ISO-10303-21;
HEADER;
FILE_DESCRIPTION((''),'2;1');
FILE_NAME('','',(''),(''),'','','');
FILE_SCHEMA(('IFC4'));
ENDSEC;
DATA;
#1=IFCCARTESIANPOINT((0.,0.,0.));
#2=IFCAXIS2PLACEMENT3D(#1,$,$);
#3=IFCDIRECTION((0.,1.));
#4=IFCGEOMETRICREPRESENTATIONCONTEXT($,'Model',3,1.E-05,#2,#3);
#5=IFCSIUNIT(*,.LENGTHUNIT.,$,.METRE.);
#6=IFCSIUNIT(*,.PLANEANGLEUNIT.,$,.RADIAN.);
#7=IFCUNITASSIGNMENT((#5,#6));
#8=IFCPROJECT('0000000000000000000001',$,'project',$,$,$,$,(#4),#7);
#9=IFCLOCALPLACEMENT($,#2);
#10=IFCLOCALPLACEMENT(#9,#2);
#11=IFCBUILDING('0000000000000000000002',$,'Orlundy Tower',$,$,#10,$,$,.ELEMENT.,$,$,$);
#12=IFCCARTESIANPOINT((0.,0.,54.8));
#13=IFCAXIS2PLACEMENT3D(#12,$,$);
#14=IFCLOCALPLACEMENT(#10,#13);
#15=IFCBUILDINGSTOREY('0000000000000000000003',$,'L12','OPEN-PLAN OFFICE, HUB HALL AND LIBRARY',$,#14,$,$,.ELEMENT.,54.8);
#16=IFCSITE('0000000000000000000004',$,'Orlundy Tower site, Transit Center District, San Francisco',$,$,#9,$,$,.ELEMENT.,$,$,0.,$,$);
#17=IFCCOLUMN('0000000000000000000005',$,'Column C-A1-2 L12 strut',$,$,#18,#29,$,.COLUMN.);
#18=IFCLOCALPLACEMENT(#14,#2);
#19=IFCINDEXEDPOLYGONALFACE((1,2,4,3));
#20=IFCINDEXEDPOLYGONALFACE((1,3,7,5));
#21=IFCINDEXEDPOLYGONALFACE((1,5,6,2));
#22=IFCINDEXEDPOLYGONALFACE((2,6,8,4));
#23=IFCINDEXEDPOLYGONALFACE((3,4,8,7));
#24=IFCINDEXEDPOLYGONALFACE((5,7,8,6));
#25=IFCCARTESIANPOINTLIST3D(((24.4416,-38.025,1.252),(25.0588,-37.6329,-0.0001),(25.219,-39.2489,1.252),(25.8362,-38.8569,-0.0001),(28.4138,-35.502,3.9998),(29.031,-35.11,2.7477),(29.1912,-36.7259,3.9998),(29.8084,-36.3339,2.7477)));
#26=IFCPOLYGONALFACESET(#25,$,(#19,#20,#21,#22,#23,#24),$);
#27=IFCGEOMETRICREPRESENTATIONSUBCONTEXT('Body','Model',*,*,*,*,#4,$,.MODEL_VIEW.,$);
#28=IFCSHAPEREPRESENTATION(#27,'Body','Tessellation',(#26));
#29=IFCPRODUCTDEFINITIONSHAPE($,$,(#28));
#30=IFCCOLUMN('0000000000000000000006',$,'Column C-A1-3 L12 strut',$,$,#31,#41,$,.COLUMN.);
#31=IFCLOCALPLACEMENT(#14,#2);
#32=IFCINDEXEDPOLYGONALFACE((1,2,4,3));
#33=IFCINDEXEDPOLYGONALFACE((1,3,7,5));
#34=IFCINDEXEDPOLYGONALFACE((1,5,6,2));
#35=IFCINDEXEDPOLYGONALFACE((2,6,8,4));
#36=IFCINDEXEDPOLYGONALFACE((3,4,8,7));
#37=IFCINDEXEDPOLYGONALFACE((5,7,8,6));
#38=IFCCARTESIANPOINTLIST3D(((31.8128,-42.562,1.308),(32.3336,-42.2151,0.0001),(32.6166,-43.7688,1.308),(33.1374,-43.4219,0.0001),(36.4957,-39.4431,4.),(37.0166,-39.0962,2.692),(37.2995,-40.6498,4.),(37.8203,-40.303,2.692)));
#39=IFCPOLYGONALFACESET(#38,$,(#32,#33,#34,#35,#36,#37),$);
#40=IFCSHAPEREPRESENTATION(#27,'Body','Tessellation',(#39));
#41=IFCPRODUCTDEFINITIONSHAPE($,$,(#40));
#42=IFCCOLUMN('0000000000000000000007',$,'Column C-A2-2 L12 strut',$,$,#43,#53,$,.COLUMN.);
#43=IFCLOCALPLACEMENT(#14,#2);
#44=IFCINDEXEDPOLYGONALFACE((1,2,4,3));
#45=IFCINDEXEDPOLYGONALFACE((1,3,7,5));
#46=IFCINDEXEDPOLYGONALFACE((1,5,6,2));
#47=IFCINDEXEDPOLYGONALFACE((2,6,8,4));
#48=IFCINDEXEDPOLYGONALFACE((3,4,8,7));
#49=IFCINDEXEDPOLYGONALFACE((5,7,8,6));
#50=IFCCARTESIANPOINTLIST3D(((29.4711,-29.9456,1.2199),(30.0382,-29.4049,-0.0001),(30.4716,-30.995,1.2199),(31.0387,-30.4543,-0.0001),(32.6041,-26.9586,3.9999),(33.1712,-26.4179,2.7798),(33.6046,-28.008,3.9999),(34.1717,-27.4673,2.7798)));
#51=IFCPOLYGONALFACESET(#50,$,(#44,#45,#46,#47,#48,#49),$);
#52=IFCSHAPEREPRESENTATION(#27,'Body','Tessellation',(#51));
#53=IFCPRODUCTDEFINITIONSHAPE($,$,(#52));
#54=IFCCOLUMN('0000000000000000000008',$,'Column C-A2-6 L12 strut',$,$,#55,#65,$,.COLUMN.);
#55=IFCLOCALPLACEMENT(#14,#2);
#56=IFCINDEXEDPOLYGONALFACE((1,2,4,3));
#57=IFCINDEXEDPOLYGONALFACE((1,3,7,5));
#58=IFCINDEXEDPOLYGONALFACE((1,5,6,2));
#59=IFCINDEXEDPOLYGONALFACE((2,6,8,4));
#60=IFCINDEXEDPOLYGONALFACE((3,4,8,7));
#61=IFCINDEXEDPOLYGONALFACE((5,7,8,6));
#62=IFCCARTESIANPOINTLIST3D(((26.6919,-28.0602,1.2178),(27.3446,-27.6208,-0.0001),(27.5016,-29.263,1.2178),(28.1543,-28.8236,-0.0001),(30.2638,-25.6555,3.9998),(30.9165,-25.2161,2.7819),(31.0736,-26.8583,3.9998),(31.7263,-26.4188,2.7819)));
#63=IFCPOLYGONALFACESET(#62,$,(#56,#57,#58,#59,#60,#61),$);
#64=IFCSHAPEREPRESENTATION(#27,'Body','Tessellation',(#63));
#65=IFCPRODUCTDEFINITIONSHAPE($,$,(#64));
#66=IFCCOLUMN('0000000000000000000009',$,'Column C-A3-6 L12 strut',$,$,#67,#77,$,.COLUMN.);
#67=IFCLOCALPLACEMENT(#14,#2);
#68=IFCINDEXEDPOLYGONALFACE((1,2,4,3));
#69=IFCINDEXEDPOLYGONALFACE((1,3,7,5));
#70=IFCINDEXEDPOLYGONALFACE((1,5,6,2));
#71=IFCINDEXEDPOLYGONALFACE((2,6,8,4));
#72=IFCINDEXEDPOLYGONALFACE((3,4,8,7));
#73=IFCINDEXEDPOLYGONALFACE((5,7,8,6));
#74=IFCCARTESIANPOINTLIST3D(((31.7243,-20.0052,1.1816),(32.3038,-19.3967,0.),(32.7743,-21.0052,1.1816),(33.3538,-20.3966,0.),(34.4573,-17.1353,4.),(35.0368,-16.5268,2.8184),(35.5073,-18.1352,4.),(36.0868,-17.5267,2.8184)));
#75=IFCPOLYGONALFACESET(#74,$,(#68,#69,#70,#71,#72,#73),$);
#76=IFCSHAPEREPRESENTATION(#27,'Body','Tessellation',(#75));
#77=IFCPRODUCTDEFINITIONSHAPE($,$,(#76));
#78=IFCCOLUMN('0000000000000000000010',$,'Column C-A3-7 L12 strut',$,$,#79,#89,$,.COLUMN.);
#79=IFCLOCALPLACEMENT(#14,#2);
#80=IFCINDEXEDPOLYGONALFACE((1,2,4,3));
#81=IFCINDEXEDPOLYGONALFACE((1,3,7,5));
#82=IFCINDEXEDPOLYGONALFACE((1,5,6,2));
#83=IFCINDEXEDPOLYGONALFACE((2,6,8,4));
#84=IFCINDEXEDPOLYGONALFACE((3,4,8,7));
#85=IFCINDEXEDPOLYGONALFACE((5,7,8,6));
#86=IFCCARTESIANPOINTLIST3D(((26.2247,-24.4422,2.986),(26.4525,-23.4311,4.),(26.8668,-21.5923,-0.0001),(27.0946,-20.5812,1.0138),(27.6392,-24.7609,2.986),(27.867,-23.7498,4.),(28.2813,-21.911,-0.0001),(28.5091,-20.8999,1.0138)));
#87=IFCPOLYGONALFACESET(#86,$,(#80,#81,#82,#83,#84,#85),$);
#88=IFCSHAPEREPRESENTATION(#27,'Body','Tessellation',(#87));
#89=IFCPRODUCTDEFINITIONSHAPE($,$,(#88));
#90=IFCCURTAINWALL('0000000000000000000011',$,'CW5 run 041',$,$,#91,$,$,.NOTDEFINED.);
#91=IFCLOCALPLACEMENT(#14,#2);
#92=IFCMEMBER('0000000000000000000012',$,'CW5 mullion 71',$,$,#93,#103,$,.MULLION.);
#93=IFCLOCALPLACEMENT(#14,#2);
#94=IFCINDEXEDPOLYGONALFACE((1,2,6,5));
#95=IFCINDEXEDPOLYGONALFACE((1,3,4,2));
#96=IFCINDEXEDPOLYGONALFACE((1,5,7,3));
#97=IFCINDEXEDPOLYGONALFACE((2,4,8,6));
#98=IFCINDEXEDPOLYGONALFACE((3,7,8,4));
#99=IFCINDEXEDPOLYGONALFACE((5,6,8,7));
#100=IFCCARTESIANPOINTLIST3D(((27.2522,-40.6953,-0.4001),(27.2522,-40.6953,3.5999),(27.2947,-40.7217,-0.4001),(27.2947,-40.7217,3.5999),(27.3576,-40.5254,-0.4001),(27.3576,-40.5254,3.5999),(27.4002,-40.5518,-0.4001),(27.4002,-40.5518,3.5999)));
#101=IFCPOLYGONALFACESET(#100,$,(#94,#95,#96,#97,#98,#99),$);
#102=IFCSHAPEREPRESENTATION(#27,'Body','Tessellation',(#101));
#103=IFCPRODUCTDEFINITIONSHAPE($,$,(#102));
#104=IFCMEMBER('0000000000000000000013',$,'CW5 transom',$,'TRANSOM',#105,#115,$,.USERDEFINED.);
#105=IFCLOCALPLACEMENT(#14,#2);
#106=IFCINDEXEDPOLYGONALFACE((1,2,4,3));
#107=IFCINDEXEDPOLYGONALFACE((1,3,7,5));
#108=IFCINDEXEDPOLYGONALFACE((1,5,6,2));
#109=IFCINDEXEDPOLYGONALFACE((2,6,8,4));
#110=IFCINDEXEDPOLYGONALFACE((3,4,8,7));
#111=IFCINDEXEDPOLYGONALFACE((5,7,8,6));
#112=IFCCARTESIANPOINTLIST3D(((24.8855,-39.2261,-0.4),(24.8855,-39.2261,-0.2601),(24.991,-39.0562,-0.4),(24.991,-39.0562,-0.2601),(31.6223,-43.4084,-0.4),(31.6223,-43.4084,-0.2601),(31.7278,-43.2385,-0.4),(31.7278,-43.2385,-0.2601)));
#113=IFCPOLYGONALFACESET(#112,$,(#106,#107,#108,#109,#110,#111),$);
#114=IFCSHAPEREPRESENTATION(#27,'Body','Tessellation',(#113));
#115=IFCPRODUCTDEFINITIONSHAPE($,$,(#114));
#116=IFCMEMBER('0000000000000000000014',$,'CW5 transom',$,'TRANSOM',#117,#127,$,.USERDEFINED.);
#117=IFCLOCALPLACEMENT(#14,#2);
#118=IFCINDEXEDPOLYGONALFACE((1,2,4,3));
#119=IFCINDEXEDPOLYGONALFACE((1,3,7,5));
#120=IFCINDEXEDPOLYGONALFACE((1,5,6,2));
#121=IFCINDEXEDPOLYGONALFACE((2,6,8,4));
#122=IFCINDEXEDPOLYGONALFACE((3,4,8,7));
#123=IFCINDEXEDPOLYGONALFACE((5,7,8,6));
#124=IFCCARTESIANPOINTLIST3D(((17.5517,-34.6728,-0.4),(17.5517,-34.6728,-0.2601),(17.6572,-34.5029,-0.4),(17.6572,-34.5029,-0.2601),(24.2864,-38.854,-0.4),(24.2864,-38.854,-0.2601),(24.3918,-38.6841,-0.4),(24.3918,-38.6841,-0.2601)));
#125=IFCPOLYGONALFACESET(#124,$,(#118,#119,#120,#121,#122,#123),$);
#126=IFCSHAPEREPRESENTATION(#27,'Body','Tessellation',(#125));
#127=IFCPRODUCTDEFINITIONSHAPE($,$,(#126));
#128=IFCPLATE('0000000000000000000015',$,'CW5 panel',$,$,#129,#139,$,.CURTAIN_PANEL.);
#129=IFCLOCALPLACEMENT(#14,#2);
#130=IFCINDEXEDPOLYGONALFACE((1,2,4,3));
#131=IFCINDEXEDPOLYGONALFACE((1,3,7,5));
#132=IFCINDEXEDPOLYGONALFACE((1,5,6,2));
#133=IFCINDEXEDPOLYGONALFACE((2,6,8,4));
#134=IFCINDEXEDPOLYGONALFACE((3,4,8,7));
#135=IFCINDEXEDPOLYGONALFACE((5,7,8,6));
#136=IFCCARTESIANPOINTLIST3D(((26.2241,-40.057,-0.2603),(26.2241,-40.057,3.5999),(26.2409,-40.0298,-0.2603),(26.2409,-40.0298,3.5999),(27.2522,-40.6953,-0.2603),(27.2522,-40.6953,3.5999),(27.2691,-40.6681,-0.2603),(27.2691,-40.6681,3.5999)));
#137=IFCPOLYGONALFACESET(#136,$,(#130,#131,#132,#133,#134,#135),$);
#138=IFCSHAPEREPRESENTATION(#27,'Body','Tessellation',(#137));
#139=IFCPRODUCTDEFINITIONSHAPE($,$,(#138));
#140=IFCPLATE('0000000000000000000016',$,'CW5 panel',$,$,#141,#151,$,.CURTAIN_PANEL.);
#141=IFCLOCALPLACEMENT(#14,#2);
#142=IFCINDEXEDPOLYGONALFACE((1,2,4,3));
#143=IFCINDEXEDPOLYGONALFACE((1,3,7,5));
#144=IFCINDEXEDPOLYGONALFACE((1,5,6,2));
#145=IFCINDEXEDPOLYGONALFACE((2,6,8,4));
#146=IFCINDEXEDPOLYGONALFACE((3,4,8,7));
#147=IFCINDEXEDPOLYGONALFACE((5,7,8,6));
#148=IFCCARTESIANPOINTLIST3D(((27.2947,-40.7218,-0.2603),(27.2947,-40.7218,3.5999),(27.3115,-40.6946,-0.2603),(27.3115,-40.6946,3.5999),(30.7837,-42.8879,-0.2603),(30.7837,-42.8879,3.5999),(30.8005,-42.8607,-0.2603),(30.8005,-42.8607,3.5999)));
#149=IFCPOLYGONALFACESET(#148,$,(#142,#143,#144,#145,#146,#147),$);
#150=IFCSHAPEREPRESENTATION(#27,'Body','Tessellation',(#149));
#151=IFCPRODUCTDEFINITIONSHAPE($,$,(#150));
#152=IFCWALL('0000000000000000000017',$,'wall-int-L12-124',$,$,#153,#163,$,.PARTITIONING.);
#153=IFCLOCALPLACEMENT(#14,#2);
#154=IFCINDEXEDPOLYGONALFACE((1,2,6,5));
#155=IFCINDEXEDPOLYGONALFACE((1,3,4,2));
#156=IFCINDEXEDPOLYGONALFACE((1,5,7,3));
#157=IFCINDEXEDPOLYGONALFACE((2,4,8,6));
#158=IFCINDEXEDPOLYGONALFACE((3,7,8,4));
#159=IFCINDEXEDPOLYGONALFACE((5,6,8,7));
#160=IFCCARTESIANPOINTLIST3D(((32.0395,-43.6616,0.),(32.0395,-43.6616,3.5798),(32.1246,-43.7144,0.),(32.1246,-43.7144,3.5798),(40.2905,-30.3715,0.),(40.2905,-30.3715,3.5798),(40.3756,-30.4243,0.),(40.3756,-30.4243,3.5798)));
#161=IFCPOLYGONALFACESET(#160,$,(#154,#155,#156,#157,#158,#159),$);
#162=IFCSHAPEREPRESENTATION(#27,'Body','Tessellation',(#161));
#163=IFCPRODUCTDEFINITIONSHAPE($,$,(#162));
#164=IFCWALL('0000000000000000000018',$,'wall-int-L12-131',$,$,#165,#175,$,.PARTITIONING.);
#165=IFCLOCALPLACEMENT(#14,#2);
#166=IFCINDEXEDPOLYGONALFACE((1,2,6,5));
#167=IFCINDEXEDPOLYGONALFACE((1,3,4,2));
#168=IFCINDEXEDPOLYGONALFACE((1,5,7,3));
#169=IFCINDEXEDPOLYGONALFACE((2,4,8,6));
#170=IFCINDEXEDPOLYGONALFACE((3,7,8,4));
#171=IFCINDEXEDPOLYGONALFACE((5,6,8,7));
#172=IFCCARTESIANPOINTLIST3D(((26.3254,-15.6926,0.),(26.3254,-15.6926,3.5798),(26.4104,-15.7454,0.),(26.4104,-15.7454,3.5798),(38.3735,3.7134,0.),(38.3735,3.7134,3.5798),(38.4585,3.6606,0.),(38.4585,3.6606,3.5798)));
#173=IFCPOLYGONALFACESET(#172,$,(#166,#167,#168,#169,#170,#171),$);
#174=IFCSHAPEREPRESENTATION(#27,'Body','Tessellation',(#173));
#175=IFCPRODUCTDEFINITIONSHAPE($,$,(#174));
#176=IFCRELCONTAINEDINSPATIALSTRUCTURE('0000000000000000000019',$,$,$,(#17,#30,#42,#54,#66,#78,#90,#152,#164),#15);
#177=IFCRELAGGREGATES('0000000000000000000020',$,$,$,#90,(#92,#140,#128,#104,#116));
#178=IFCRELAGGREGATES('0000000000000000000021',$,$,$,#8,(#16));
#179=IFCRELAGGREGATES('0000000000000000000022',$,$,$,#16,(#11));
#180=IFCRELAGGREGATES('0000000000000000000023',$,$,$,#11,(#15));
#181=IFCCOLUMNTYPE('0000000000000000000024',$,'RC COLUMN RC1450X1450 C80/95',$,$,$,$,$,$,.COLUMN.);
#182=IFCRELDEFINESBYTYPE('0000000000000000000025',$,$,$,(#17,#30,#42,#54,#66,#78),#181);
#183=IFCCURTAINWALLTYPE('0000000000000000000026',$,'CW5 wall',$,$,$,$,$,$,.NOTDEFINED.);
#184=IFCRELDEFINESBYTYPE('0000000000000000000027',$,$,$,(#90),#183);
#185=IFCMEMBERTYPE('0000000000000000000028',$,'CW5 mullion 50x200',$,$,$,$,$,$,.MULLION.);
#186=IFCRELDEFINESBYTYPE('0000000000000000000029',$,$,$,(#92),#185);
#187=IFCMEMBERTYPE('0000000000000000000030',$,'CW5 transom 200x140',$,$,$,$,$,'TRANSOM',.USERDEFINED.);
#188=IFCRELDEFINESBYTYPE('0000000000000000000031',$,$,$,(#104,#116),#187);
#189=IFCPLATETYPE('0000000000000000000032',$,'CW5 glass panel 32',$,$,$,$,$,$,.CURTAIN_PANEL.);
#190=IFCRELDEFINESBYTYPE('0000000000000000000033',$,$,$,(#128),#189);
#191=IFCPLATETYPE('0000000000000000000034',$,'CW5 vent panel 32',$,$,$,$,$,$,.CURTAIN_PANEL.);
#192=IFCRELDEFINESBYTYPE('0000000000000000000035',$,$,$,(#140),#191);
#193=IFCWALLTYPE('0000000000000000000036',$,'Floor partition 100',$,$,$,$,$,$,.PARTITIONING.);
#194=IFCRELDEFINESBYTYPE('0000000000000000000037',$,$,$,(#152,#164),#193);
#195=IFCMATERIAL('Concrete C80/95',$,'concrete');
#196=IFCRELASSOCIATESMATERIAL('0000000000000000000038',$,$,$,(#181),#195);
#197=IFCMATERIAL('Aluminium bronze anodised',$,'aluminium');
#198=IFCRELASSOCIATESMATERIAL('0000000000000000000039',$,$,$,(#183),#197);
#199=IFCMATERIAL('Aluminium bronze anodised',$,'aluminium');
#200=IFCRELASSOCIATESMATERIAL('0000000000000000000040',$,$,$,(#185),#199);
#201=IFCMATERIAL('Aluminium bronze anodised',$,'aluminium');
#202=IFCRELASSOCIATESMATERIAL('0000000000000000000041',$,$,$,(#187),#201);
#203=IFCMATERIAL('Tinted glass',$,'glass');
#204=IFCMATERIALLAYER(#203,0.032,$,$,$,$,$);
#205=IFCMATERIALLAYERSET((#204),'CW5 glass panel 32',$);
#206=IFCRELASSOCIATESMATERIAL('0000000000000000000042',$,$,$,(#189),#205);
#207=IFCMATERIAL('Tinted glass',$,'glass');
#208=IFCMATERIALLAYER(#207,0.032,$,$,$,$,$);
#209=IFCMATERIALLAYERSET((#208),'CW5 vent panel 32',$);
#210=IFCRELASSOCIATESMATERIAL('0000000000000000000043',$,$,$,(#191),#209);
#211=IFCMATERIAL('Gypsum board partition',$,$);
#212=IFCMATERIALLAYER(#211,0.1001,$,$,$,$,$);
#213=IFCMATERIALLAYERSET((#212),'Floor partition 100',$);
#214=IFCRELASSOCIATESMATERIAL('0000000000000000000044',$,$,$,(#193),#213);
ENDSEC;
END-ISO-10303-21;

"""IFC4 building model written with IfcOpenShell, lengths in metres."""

from ifc_helpers import new_model, si_unit, direction, frame, frame_2d, origin, origin_2d, place, context, subcontext, project, spatial, rectangle, extrude, material, layer, layer_set, material_profile, profile_set, type_object, element, aggregate, save


model = new_model("IFC4")

# Units and contexts
model_context = context("Model", 3, precision=1e-05, world=origin(), true_north=direction((0.0, 1.0)))
body_context = subcontext(model_context, "Body", "Model", "MODEL_VIEW")
ifc_project = project(units=[si_unit("LENGTHUNIT", "METRE"), si_unit("PLANEANGLEUNIT", "RADIAN")], contexts=[model_context])

# Site, building, storey
site_placement = place(None, origin())
site = spatial("IfcSite", under=ifc_project, at=site_placement, Name="Orlundy Tower site, Transit Center District, San Francisco", CompositionType="ELEMENT", RefElevation=0.0)
building_placement = place(site_placement, origin())
building = spatial("IfcBuilding", under=site, at=building_placement, Name="Orlundy Tower", CompositionType="ELEMENT")
storey_placement = place(building_placement, frame((0.0, 0.0, 54.8)))
storey = spatial("IfcBuildingStorey", under=building, at=storey_placement, Name="L12", Description="OPEN-PLAN OFFICE, HUB HALL AND LIBRARY", CompositionType="ELEMENT", Elevation=54.8)

# Columns
ifc_material_1 = material(Name="Concrete C80/95", Category="concrete")
ifc_material_profile_1 = material_profile(ifc_material_1, rectangle(XDim=1.45, YDim=1.45, at=origin_2d()), Name="RC1450X1450")
ifc_profile_set_1 = profile_set([ifc_material_profile_1], Name="Concrete C80/95")
column_type = type_object("IfcColumnType", Name="RC COLUMN RC1450X1450 C80/95", PredefinedType="COLUMN", material=ifc_profile_set_1)
column_1_placement = place(storey_placement, frame((25.1389, -38.4409, 0.626), z_axis=(0.728945, 0.462994, 0.504258), x_axis=(-0.53615, 0.844123, 0.0)))
element("IfcColumn", 1, at=column_1_placement, inside=storey, type_object=column_type, Name="Column C-A1-2 L12 strut", PredefinedType="COLUMN", context=body_context, shape_type="SweptSolid", body=[
    extrude(rectangle(XDim=1.45, YDim=1.45, at=origin_2d()), origin(), (0.0, 0.0, 1.0), 5.4492),
])
column_2_placement = place(storey_placement, frame((32.4751, -42.9919, 0.6541), z_axis=(0.750792, 0.500045, 0.431585), x_axis=(-0.55433, 0.832297, 0.0)))
element("IfcColumn", 2, at=column_2_placement, inside=storey, type_object=column_type, Name="Column C-A1-3 L12 strut", PredefinedType="COLUMN", context=body_context, shape_type="SweptSolid", body=[
    extrude(rectangle(XDim=1.45, YDim=1.45, at=origin_2d()), origin(), (0.0, 0.0, 1.0), 6.2373),
])
column_3_placement = place(storey_placement, frame((30.2549, -30.2, 0.6099), z_axis=(0.608996, 0.580618, 0.540376), x_axis=(-0.690042, 0.723769, 0.0)))
element("IfcColumn", 3, at=column_3_placement, inside=storey, type_object=column_type, Name="Column C-A2-2 L12 strut", PredefinedType="COLUMN", context=body_context, shape_type="SweptSolid", body=[
    extrude(rectangle(XDim=1.45, YDim=1.45, at=origin_2d()), origin(), (0.0, 0.0, 1.0), 5.1445),
])
column_4_placement = place(storey_placement, frame((27.4231, -28.4419, 0.6089), z_axis=(0.696766, 0.469082, 0.542659), x_axis=(-0.558463, 0.82953, 0.0)))
element("IfcColumn", 4, at=column_4_placement, inside=storey, type_object=column_type, Name="Column C-A2-6 L12 strut", PredefinedType="COLUMN", context=body_context, shape_type="SweptSolid", body=[
    extrude(rectangle(XDim=1.45, YDim=1.45, at=origin_2d()), origin(), (0.0, 0.0, 1.0), 5.1265),
])
column_5_placement = place(storey_placement, frame((32.5391, -20.2009, 0.5908), z_axis=(0.561988, 0.590153, 0.57956), x_axis=(-0.724176, 0.689615, 0.0)))
element("IfcColumn", 5, at=column_5_placement, inside=storey, type_object=column_type, Name="Column C-A3-6 L12 strut", PredefinedType="COLUMN", context=body_context, shape_type="SweptSolid", body=[
    extrude(rectangle(XDim=1.45, YDim=1.45, at=origin_2d()), origin(), (0.0, 0.0, 1.0), 4.863),
])
column_6_placement = place(storey_placement, frame((27.688, -21.2461, 0.5068), z_axis=(-0.153706, -0.682208, 0.714819), x_axis=(0.975546, -0.219797, 0.0)))
element("IfcColumn", 6, at=column_6_placement, inside=storey, type_object=column_type, Name="Column C-A3-7 L12 strut", PredefinedType="COLUMN", context=body_context, shape_type="SweptSolid", body=[
    extrude(rectangle(XDim=1.45, YDim=1.45, at=origin_2d()), origin(), (0.0, 0.0, 1.0), 4.1775),
])

# Curtain wall, members, plates
ifc_material_2 = material(Name="Aluminium bronze anodised", Category="aluminium")
curtain_wall_type = type_object("IfcCurtainWallType", Name="CW5 wall", PredefinedType="NOTDEFINED", material=ifc_material_2)
curtain_wall_placement = place(storey_placement, origin())
curtain_wall = element("IfcCurtainWall", 7, at=curtain_wall_placement, inside=storey, type_object=curtain_wall_type, Name="CW5 run 041", PredefinedType="NOTDEFINED")
ifc_material_3 = material(Name="Aluminium bronze anodised", Category="aluminium")
ifc_material_profile_2 = material_profile(ifc_material_3, rectangle(XDim=0.2, YDim=0.05, at=origin_2d()), Name="CW5 mullion 50x200")
ifc_profile_set_2 = profile_set([ifc_material_profile_2], Name="Aluminium bronze anodised")
member_type_1 = type_object("IfcMemberType", Name="CW5 mullion 50x200", PredefinedType="MULLION", material=ifc_profile_set_2)
member_1_placement = place(storey_placement, frame((27.3262, -40.6235, -0.4001), z_axis=(0.0, 0.0, 1.0), x_axis=(-0.527449, -0.849587, 0.0)))
member_1 = element("IfcMember", 8, at=member_1_placement, type_object=member_type_1, Name="CW5 mullion 71", PredefinedType="MULLION", context=body_context, shape_type="SweptSolid", body=[
    extrude(rectangle(XDim=0.2, YDim=0.05, at=origin_2d()), origin(), (0.0, 0.0, 1.0), 4.0),
])
ifc_material_4 = material(Name="Aluminium bronze anodised", Category="aluminium")
ifc_material_profile_3 = material_profile(ifc_material_4, rectangle(XDim=0.2, YDim=0.1399, at=origin_2d()), Name="CW5 transom 200x140")
ifc_profile_set_3 = profile_set([ifc_material_profile_3], Name="Aluminium bronze anodised")
member_type_2 = type_object("IfcMemberType", Name="CW5 transom 200x140", ElementType="TRANSOM", PredefinedType="USERDEFINED", material=ifc_profile_set_3)
member_2_placement = place(storey_placement, frame((31.675, -43.3235, -0.3301), z_axis=(-0.849589, 0.527445, 0.0), x_axis=(-0.527445, -0.849589, 0.0)))
member_2 = element("IfcMember", 9, at=member_2_placement, type_object=member_type_2, Name="CW5 transom", ObjectType="TRANSOM", PredefinedType="USERDEFINED", context=body_context, shape_type="SweptSolid", body=[
    extrude(rectangle(XDim=0.2, YDim=0.1399, at=origin_2d()), origin(), (0.0, 0.0, 1.0), 7.9294),
])
member_3_placement = place(storey_placement, frame((24.3391, -38.769, -0.3301), z_axis=(-0.849581, 0.527458, 0.0), x_axis=(-0.527458, -0.849581, 0.0)))
member_3 = element("IfcMember", 10, at=member_3_placement, type_object=member_type_2, Name="CW5 transom", ObjectType="TRANSOM", PredefinedType="USERDEFINED", context=body_context, shape_type="SweptSolid", body=[
    extrude(rectangle(XDim=0.2, YDim=0.1399, at=origin_2d()), origin(), (0.0, 0.0, 1.0), 7.927),
])
ifc_material_5 = material(Name="Tinted glass", Category="glass")
ifc_layer_1 = layer(ifc_material_5, 0.032)
ifc_layer_set_1 = layer_set([ifc_layer_1], Name="CW5 glass panel 32")
plate_type_1 = type_object("IfcPlateType", Name="CW5 glass panel 32", PredefinedType="CURTAIN_PANEL", material=ifc_layer_set_1)
plate_1_placement = place(storey_placement, frame((26.7466, -40.3625, -0.2603), z_axis=(0.0, 0.0, 1.0), x_axis=(-0.849587, 0.527449, 0.0)))
plate_1 = element("IfcPlate", 11, at=plate_1_placement, type_object=plate_type_1, Name="CW5 panel", PredefinedType="CURTAIN_PANEL", context=body_context, shape_type="SweptSolid", body=[
    extrude(rectangle(XDim=1.2102, YDim=0.032, at=origin_2d()), origin(), (0.0, 0.0, 1.0), 3.8601),
])
ifc_material_6 = material(Name="Tinted glass", Category="glass")
ifc_layer_2 = layer(ifc_material_6, 0.032)
ifc_layer_set_2 = layer_set([ifc_layer_2], Name="CW5 vent panel 32")
plate_type_2 = type_object("IfcPlateType", Name="CW5 vent panel 32", PredefinedType="CURTAIN_PANEL", material=ifc_layer_set_2)
plate_2_placement = place(storey_placement, frame((29.0476, -41.7913, -0.2603), z_axis=(0.0, 0.0, 1.0), x_axis=(-0.849587, 0.527449, 0.0)))
plate_2 = element("IfcPlate", 12, at=plate_2_placement, type_object=plate_type_2, Name="CW5 panel", PredefinedType="CURTAIN_PANEL", context=body_context, shape_type="SweptSolid", body=[
    extrude(rectangle(XDim=4.1067, YDim=0.032, at=origin_2d()), origin(), (0.0, 0.0, 1.0), 3.8601),
])
aggregate(curtain_wall, [member_1, plate_2, plate_1, member_2, member_3])

# Walls
ifc_material_7 = material(Name="Gypsum board partition")
ifc_layer_3 = layer(ifc_material_7, 0.1001)
ifc_layer_set_3 = layer_set([ifc_layer_3], Name="Floor partition 100")
wall_type_1 = type_object("IfcWallType", Name="Floor partition 100", PredefinedType="PARTITIONING", material=ifc_layer_set_3)
wall_1_placement = place(storey_placement, frame((32.082, -43.688, 0.0), z_axis=(0.0, 0.0, 1.0), x_axis=(0.527455, 0.849583, 0.0)))
element("IfcWall", 13, at=wall_1_placement, inside=storey, type_object=wall_type_1, Name="wall-int-L12-124", PredefinedType="PARTITIONING", context=body_context, shape_type="SweptSolid", body=[
    extrude(rectangle(XDim=15.6431, YDim=0.1001, at=frame_2d((7.8215, 0.0))), origin(), (0.0, 0.0, 1.0), 3.5798),
])
wall_2_placement = place(storey_placement, frame((26.3679, -15.719, 0.0), z_axis=(0.0, 0.0, 1.0), x_axis=(0.527457, 0.849582, 0.0)))
element("IfcWall", 14, at=wall_2_placement, inside=storey, type_object=wall_type_1, Name="wall-int-L12-131", PredefinedType="PARTITIONING", context=body_context, shape_type="SweptSolid", body=[
    extrude(rectangle(XDim=22.8418, YDim=0.1001, at=frame_2d((11.4209, 0.0))), origin(), (0.0, 0.0, 1.0), 3.5798),
])

save(model, "model.ifc")
